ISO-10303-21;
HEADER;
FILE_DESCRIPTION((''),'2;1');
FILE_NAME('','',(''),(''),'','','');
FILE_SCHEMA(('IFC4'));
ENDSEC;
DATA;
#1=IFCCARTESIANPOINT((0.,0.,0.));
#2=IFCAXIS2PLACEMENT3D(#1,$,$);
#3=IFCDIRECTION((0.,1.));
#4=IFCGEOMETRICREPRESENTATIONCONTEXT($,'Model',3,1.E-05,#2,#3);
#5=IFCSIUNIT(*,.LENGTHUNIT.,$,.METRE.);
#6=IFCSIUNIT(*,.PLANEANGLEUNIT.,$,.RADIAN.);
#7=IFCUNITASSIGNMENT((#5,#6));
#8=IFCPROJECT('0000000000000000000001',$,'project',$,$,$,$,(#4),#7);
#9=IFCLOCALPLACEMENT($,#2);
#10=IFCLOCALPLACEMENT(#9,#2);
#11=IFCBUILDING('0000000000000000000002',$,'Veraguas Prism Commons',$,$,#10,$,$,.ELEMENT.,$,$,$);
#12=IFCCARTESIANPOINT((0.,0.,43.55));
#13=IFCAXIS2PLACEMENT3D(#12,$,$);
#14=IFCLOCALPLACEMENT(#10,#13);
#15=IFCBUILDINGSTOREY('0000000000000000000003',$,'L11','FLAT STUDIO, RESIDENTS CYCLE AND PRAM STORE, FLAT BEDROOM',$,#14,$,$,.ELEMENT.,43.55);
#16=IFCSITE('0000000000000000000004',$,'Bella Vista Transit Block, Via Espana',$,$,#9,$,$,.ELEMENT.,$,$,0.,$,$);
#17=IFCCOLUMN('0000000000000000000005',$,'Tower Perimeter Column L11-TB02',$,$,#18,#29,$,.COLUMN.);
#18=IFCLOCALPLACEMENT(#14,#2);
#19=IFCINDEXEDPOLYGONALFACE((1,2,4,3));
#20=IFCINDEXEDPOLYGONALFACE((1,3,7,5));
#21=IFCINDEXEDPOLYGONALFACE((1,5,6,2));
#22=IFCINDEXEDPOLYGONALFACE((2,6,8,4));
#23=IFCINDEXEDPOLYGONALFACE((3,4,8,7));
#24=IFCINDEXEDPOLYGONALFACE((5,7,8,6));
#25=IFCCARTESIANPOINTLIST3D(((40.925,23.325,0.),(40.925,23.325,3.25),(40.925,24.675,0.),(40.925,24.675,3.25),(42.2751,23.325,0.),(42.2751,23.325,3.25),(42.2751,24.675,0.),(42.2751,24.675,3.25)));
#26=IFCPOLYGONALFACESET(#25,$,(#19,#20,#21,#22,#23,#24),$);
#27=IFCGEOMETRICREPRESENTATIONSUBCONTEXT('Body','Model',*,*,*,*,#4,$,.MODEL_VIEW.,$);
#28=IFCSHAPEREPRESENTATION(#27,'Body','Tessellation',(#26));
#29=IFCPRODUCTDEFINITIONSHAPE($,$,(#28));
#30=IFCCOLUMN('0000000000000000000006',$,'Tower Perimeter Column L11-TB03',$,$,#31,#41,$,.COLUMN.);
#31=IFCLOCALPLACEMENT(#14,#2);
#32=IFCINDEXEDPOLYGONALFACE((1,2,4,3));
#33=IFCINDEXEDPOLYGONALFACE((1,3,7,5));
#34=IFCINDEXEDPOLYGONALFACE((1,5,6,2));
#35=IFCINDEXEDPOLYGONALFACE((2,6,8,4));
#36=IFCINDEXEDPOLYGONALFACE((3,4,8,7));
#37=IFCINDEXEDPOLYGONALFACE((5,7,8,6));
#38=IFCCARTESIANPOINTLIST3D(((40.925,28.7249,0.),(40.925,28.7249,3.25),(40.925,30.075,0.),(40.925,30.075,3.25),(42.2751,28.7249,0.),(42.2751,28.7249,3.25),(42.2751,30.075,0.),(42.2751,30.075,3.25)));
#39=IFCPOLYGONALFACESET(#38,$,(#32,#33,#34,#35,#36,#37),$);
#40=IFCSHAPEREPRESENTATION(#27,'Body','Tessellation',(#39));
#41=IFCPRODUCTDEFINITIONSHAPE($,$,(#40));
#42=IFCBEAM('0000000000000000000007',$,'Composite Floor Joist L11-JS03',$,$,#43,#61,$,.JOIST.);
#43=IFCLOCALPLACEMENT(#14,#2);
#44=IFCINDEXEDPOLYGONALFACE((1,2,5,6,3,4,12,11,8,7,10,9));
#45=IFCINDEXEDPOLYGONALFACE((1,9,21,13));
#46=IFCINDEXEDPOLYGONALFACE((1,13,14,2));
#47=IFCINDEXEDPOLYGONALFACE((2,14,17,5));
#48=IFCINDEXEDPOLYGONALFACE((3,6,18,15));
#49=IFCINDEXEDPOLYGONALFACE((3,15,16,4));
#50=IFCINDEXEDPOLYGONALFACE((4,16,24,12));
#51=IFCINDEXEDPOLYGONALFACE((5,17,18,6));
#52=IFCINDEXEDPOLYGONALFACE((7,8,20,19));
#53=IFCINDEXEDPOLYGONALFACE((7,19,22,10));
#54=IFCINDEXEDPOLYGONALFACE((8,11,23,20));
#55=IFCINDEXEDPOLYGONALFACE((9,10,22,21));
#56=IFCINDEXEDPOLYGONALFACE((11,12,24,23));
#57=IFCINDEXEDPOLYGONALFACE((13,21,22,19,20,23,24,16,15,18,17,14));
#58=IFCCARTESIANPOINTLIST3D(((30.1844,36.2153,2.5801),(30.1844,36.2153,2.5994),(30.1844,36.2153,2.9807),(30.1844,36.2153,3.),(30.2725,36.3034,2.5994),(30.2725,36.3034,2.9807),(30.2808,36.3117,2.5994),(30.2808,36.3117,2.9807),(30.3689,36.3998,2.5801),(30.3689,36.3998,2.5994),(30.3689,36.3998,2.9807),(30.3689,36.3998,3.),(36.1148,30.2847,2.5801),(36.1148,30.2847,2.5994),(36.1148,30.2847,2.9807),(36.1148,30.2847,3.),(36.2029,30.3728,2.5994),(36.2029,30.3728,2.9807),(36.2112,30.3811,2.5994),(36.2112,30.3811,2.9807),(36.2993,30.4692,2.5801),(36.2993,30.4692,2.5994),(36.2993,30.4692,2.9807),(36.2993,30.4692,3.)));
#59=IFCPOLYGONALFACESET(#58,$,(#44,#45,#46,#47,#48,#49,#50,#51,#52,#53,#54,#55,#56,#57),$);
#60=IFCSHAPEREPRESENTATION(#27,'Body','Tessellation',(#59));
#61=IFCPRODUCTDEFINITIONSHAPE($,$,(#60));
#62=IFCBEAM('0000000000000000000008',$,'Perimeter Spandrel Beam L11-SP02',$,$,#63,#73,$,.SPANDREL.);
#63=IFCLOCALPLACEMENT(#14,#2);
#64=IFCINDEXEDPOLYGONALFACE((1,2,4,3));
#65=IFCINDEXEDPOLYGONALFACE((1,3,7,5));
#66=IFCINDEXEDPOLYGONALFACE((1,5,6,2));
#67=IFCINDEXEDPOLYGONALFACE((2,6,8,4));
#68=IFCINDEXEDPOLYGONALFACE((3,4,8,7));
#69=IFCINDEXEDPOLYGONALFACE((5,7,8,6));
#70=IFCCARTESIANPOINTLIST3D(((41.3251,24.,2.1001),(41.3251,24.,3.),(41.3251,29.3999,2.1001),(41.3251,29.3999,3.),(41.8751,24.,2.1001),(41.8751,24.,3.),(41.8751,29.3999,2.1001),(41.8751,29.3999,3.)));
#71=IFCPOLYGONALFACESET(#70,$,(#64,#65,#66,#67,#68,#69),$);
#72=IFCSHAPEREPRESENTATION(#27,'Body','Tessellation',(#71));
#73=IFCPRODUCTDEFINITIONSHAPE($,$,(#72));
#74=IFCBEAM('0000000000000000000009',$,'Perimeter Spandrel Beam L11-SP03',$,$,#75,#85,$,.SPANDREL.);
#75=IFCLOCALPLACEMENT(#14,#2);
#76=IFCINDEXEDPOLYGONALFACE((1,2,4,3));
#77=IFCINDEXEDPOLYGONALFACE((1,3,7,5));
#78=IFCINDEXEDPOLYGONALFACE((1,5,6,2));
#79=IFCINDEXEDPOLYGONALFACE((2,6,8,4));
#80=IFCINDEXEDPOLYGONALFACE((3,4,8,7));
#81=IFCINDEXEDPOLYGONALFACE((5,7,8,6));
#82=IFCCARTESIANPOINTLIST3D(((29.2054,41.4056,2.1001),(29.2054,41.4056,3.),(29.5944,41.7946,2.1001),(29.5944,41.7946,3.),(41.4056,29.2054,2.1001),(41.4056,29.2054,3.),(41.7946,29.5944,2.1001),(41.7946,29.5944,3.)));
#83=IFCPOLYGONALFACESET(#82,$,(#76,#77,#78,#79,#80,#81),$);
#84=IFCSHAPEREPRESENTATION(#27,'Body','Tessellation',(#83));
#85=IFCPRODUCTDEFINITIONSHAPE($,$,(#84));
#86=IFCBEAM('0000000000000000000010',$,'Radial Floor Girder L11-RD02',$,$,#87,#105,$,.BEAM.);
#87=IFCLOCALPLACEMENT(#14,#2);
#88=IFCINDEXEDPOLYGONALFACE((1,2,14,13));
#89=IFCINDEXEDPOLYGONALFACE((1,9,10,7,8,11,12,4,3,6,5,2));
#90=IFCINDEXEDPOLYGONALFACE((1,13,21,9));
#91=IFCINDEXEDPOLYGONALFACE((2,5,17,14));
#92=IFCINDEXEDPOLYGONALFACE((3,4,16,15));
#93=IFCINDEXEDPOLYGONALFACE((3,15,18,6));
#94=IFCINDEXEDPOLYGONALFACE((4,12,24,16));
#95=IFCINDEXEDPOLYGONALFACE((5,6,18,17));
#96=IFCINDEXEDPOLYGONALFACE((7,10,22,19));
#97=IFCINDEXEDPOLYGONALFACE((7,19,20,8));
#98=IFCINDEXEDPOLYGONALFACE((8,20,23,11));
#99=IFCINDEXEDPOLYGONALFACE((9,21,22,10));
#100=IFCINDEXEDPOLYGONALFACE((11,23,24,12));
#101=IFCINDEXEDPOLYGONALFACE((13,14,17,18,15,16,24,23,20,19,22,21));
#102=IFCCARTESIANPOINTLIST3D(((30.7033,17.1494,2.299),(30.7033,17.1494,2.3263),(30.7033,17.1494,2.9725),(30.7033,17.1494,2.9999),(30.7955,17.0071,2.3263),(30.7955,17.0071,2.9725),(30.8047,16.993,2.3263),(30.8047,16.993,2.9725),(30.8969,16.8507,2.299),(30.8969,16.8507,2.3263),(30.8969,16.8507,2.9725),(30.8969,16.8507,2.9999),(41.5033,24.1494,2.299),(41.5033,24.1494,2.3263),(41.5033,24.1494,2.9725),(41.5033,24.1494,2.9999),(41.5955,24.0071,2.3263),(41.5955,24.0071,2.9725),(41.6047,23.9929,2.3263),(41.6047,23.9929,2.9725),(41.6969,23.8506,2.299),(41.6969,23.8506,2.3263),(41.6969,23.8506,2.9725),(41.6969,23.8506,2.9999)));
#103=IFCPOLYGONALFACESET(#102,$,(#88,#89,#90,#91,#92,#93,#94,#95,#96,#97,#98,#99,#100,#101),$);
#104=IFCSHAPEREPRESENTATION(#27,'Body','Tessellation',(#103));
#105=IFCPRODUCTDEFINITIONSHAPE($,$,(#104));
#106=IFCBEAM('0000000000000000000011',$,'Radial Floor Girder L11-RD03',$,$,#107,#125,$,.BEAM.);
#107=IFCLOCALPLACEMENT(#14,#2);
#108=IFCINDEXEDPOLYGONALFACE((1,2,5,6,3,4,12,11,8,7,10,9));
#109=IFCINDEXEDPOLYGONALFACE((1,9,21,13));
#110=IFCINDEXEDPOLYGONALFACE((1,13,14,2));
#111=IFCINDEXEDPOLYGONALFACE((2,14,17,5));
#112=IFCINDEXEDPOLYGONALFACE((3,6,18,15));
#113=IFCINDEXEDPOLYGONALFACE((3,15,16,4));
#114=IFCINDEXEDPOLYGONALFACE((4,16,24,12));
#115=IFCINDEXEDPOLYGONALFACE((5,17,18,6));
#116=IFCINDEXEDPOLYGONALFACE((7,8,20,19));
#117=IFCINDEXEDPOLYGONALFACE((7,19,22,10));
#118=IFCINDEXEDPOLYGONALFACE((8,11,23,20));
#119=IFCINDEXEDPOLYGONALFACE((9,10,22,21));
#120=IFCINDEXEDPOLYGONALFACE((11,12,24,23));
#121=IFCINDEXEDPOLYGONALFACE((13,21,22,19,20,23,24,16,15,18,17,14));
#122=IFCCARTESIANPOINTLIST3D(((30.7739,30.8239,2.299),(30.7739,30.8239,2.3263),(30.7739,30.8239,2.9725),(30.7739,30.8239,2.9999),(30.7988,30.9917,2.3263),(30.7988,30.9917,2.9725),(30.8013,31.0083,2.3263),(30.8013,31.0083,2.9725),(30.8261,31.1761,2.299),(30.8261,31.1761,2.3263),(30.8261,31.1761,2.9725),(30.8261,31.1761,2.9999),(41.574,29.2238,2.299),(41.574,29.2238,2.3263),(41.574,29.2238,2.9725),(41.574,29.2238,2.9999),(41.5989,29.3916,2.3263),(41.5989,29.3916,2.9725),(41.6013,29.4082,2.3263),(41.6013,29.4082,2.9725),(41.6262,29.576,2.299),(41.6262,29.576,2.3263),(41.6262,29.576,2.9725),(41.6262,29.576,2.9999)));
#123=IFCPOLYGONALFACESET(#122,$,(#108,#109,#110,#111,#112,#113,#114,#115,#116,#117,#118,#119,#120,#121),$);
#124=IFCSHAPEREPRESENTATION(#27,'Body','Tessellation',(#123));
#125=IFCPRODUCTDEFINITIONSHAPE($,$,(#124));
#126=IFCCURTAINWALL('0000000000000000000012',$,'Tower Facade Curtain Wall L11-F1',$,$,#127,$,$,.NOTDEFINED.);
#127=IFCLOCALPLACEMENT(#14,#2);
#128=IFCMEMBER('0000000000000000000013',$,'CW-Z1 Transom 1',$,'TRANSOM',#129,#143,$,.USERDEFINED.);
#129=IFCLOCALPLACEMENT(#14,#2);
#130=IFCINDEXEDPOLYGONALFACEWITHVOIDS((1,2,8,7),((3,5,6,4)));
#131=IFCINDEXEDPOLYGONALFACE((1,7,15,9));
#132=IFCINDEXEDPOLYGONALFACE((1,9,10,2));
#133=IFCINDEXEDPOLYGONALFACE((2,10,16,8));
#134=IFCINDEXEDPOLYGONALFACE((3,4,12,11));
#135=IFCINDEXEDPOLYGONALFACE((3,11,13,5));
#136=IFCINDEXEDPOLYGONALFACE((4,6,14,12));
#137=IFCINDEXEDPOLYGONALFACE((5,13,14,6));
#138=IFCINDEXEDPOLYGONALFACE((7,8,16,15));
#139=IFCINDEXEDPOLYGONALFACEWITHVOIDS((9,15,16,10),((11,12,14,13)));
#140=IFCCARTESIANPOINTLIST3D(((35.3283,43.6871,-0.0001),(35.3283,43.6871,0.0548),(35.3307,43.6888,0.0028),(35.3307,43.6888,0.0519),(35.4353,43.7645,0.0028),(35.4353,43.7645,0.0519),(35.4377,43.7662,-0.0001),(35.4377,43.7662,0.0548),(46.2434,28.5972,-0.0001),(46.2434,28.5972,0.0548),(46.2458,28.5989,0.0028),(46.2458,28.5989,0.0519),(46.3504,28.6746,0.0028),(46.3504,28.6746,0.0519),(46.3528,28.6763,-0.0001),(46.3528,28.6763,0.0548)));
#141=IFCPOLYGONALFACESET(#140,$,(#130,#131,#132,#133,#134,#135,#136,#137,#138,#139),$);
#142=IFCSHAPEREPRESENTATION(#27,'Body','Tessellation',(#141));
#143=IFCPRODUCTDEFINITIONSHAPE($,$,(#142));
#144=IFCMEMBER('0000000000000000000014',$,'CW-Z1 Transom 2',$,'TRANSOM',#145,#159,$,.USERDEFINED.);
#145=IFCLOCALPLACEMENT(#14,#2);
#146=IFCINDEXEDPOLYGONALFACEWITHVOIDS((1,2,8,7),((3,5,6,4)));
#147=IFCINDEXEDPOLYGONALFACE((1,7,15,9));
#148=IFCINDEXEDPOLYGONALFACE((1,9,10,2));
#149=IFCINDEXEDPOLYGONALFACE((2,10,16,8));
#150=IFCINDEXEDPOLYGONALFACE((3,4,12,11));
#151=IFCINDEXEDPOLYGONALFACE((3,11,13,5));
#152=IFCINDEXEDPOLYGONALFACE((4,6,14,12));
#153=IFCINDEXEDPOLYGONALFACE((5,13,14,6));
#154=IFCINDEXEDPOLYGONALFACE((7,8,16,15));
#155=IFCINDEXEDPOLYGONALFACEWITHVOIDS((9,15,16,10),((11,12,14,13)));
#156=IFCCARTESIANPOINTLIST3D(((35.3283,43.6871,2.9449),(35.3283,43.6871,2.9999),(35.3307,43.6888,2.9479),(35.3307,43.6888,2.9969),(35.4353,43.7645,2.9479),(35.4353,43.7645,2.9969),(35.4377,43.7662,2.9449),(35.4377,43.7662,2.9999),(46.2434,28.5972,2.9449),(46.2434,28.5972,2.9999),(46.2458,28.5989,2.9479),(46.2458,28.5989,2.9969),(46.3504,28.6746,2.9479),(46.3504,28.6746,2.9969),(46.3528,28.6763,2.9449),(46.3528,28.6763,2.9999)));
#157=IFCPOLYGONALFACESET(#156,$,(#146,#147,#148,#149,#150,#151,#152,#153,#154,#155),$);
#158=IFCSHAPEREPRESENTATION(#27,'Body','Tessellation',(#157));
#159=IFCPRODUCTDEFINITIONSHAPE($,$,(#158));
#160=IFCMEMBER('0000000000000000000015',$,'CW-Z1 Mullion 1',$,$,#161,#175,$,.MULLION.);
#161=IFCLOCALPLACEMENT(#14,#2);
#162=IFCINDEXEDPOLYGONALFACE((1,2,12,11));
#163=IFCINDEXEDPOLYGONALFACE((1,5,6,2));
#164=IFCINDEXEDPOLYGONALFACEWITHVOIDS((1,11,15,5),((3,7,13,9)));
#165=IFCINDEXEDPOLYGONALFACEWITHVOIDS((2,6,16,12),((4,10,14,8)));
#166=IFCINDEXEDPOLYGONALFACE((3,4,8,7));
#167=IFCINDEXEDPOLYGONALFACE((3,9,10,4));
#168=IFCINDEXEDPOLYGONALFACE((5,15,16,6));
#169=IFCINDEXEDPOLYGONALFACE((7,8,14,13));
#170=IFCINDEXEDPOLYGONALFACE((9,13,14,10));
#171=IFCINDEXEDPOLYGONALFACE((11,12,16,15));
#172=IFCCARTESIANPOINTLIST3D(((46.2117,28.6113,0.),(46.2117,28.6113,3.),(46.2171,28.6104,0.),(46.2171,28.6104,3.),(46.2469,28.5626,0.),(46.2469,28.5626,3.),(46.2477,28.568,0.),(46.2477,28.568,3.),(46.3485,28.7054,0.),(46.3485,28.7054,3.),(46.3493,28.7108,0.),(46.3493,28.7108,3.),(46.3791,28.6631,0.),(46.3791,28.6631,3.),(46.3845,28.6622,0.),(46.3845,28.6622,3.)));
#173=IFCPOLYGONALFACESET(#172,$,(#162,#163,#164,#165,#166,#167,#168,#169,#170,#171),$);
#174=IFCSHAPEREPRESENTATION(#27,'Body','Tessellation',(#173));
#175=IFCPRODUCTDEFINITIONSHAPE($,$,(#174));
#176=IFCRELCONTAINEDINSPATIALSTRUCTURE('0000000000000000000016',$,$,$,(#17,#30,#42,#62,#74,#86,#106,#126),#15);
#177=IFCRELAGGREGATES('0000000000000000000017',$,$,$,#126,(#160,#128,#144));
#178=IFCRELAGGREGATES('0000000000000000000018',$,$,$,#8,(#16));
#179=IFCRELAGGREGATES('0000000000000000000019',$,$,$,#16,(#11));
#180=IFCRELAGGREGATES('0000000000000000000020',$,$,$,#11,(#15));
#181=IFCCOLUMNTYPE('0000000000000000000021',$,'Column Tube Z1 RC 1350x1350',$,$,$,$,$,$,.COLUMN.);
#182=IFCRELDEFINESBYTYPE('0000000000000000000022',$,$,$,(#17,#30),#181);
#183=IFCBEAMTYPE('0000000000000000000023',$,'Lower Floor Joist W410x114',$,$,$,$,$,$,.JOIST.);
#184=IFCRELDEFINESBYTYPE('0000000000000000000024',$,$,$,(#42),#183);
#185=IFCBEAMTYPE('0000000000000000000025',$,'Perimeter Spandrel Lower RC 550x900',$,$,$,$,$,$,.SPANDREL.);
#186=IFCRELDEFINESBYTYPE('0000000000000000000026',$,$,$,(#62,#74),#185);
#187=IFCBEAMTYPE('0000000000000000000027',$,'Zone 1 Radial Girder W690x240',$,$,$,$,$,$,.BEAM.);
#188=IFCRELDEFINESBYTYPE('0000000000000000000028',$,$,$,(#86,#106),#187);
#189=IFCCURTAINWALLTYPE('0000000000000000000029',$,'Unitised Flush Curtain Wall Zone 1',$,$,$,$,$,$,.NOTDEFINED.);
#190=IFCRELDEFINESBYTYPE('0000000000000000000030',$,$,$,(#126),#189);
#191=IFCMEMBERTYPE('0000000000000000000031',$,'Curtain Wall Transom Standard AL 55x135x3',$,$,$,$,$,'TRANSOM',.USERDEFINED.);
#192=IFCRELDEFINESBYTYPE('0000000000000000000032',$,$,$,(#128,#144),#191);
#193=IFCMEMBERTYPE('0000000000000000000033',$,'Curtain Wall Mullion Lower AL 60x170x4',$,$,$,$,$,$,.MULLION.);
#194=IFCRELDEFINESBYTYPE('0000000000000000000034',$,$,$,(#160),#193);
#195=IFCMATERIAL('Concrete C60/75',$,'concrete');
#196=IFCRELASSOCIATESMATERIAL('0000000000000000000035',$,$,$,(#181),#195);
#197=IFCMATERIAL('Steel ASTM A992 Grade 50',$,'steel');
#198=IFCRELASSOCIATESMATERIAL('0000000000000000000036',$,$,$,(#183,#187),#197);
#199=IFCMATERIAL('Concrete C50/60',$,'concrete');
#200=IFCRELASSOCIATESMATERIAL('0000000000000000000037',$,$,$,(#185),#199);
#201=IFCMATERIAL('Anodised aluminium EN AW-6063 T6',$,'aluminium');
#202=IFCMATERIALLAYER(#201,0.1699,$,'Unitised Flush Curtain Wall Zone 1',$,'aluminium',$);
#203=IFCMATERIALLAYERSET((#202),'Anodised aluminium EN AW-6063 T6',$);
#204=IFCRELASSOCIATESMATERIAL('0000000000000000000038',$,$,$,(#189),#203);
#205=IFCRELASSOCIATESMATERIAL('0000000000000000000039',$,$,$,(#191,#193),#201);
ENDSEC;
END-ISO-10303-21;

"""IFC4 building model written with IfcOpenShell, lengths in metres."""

from ifc_helpers import new_model, si_unit, direction, frame, origin, origin_2d, place, context, subcontext, project, spatial, rectangle, hollow_rectangle, i_section, extrude, source, transform, mapped, material, layer, layer_set, material_profile, profile_set, type_object, element, aggregate, save


model = new_model("IFC4")

# Units and contexts
model_context = context("Model", 3, precision=1e-05, world=origin(), true_north=direction((0.0, 1.0)))
body_context = subcontext(model_context, "Body", "Model", "MODEL_VIEW")
ifc_project = project(units=[si_unit("LENGTHUNIT", "METRE"), si_unit("PLANEANGLEUNIT", "RADIAN")], contexts=[model_context])

# Site, building, storey
site_placement = place(None, origin())
site = spatial("IfcSite", under=ifc_project, at=site_placement, Name="Bella Vista Transit Block, Via Espana", CompositionType="ELEMENT", RefElevation=0.0)
building_placement = place(site_placement, origin())
building = spatial("IfcBuilding", under=site, at=building_placement, Name="Veraguas Prism Commons", CompositionType="ELEMENT")
storey_placement = place(building_placement, frame((0.0, 0.0, 43.55)))
storey = spatial("IfcBuildingStorey", under=building, at=storey_placement, Name="L11", Description="FLAT STUDIO, RESIDENTS CYCLE AND PRAM STORE, FLAT BEDROOM", CompositionType="ELEMENT", Elevation=43.55)

# Columns
ifc_material_1 = material(Name="Concrete C60/75", Category="concrete")
ifc_material_profile_1 = material_profile(ifc_material_1, rectangle(XDim=1.3501, YDim=1.3501, at=origin_2d()), Name="RC1350X1350")
ifc_profile_set_1 = profile_set([ifc_material_profile_1], Name="Concrete C60/75")
column_type = type_object("IfcColumnType", Name="Column Tube Z1 RC 1350x1350", PredefinedType="COLUMN", material=ifc_profile_set_1)
for number, where, z_axis, x_axis, name in (
    (1, (41.6001, 24.0, 0.0), (0.0, 0.0, 1.0), (1.0, 0.0, 0.0), "Tower Perimeter Column L11-TB02"),
    (2, (41.6001, 29.3999, 0.0), (0.0, 0.0, 1.0), (1.0, 0.0, 0.0), "Tower Perimeter Column L11-TB03"),
):
    element("IfcColumn", number, at=place(storey_placement, frame(where, z_axis=z_axis, x_axis=x_axis)), inside=storey, type_object=column_type, Name=name, PredefinedType="COLUMN", context=body_context, shape_type="SweptSolid", body=[
        extrude(rectangle(XDim=1.3501, YDim=1.3501, at=origin_2d()), origin(), (0.0, 0.0, 1.0), 3.25),
    ])

# Beams
ifc_material_2 = material(Name="Steel ASTM A992 Grade 50", Category="steel")
ifc_material_profile_2 = material_profile(ifc_material_2, i_section(OverallWidth=0.261, OverallDepth=0.4199, WebThickness=0.0117, FlangeThickness=0.0193, at=origin_2d()), Name="W410X114")
ifc_profile_set_2 = profile_set([ifc_material_profile_2], Name="Steel ASTM A992 Grade 50")
beam_type_1 = type_object("IfcBeamType", Name="Lower Floor Joist W410x114", PredefinedType="JOIST", material=ifc_profile_set_2)
beam_1_placement = place(storey_placement, frame((36.207, 30.377, 2.79), z_axis=(-0.707092, 0.707121, 0.0), x_axis=(-0.707121, -0.707092, 0.0)))
element("IfcBeam", 3, at=beam_1_placement, inside=storey, type_object=beam_type_1, Name="Composite Floor Joist L11-JS03", PredefinedType="JOIST", context=body_context, shape_type="SweptSolid", body=[
    extrude(i_section(OverallWidth=0.261, OverallDepth=0.4199, WebThickness=0.0117, FlangeThickness=0.0193, at=origin_2d()), origin(), (0.0, 0.0, 1.0), 8.387),
])
ifc_material_3 = material(Name="Concrete C50/60", Category="concrete")
ifc_material_profile_3 = material_profile(ifc_material_3, rectangle(XDim=0.55, YDim=0.8999, at=origin_2d()), Name="RC550X900")
ifc_profile_set_3 = profile_set([ifc_material_profile_3], Name="Concrete C50/60")
beam_type_2 = type_object("IfcBeamType", Name="Perimeter Spandrel Lower RC 550x900", PredefinedType="SPANDREL", material=ifc_profile_set_3)
beam_2_placement = place(storey_placement, frame((41.6001, 24.0, 2.55), z_axis=(0.0, 1.0, 0.0), x_axis=(-1.0, 0.0, 0.0)))
element("IfcBeam", 4, at=beam_2_placement, inside=storey, type_object=beam_type_2, Name="Perimeter Spandrel Beam L11-SP02", PredefinedType="SPANDREL", context=body_context, shape_type="SweptSolid", body=[
    extrude(rectangle(XDim=0.55, YDim=0.8999, at=origin_2d()), origin(), (0.0, 0.0, 1.0), 5.3999),
])
beam_3_placement = place(storey_placement, frame((41.6001, 29.3999, 2.55), z_axis=(-0.707107, 0.707107, 0.0), x_axis=(-0.707107, -0.707107, 0.0)))
element("IfcBeam", 5, at=beam_3_placement, inside=storey, type_object=beam_type_2, Name="Perimeter Spandrel Beam L11-SP03", PredefinedType="SPANDREL", context=body_context, shape_type="SweptSolid", body=[
    extrude(rectangle(XDim=0.55, YDim=0.8999, at=origin_2d()), origin(), (0.0, 0.0, 1.0), 17.2537),
])
ifc_material_profile_4 = material_profile(ifc_material_2, i_section(OverallWidth=0.356, OverallDepth=0.7009, WebThickness=0.0168, FlangeThickness=0.0273, at=origin_2d()), Name="W690X240")
ifc_profile_set_4 = profile_set([ifc_material_profile_4], Name="Steel ASTM A992 Grade 50")
beam_type_3 = type_object("IfcBeamType", Name="Zone 1 Radial Girder W690x240", PredefinedType="BEAM", material=ifc_profile_set_4)
beam_4_placement = place(storey_placement, frame((41.6001, 24.0, 2.6494), z_axis=(-0.839154, -0.543894, 0.0), x_axis=(0.543894, -0.839154, 0.0)))
element("IfcBeam", 6, at=beam_4_placement, inside=storey, type_object=beam_type_3, Name="Radial Floor Girder L11-RD02", PredefinedType="BEAM", context=body_context, shape_type="SweptSolid", body=[
    extrude(i_section(OverallWidth=0.356, OverallDepth=0.7009, WebThickness=0.0168, FlangeThickness=0.0273, at=origin_2d()), origin(), (0.0, 0.0, 1.0), 12.8701),
])
beam_5_placement = place(storey_placement, frame((41.6001, 29.3999, 2.6494), z_axis=(-0.989202, 0.146557, 0.0), x_axis=(-0.146557, -0.989202, 0.0)))
element("IfcBeam", 7, at=beam_5_placement, inside=storey, type_object=beam_type_3, Name="Radial Floor Girder L11-RD03", PredefinedType="BEAM", context=body_context, shape_type="SweptSolid", body=[
    extrude(i_section(OverallWidth=0.356, OverallDepth=0.7009, WebThickness=0.0168, FlangeThickness=0.0273, at=origin_2d()), origin(), (0.0, 0.0, 1.0), 10.918),
])

# Curtain wall, members
ifc_material_4 = material(Name="Anodised aluminium EN AW-6063 T6", Category="aluminium")
ifc_layer_1 = layer(ifc_material_4, 0.1699, Name="Unitised Flush Curtain Wall Zone 1", Category="aluminium")
ifc_layer_set_1 = layer_set([ifc_layer_1], Name="Anodised aluminium EN AW-6063 T6")
curtain_wall_type = type_object("IfcCurtainWallType", Name="Unitised Flush Curtain Wall Zone 1", PredefinedType="NOTDEFINED", material=ifc_layer_set_1)
curtain_wall_1_placement = place(storey_placement, origin())
curtain_wall_1 = element("IfcCurtainWall", 8, at=curtain_wall_1_placement, inside=storey, type_object=curtain_wall_type, Name="Tower Facade Curtain Wall L11-F1", PredefinedType="NOTDEFINED")
ifc_material_profile_5 = material_profile(ifc_material_4, hollow_rectangle(XDim=0.0549, YDim=0.135, WallThickness=0.0029, at=origin_2d()), Name="AL55X135X3")
ifc_profile_set_5 = profile_set([ifc_material_profile_5], Name="Anodised aluminium EN AW-6063 T6")
member_type_1 = type_object("IfcMemberType", Name="Curtain Wall Transom Standard AL 55x135x3", ElementType="TRANSOM", PredefinedType="USERDEFINED", material=ifc_profile_set_5)
shared_shape_1 = source(origin(), body_context, "Body", "SweptSolid", [
    extrude(hollow_rectangle(XDim=0.0549, YDim=0.135, WallThickness=0.0029, at=origin_2d()), origin(), (0.0, 0.0, 1.0), 18.6238),
])
member_1_placement = place(storey_placement, frame((46.2981, 28.6367, 0.0273), z_axis=(-0.586084, 0.81025, 0.0), x_axis=(0.0, 0.0, 1.0)))
member_1 = element("IfcMember", 9, at=member_1_placement, type_object=member_type_1, Name="CW-Z1 Transom 1", ObjectType="TRANSOM", PredefinedType="USERDEFINED", context=body_context, shape_type="MappedRepresentation", body=[
    mapped(shared_shape_1, transform((0.0, 0.0, 0.0), scale=1.0)),
])
member_2_placement = place(storey_placement, frame((46.2981, 28.6367, 2.9724), z_axis=(-0.586084, 0.81025, 0.0), x_axis=(0.0, 0.0, 1.0)))
member_2 = element("IfcMember", 10, at=member_2_placement, type_object=member_type_1, Name="CW-Z1 Transom 2", ObjectType="TRANSOM", PredefinedType="USERDEFINED", context=body_context, shape_type="MappedRepresentation", body=[
    mapped(shared_shape_1, transform((0.0, 0.0, 0.0), scale=1.0)),
])
ifc_material_profile_6 = material_profile(ifc_material_4, hollow_rectangle(XDim=0.0601, YDim=0.1699, WallThickness=0.0039, at=origin_2d()), Name="AL60X170X4")
ifc_profile_set_6 = profile_set([ifc_material_profile_6], Name="Anodised aluminium EN AW-6063 T6")
member_type_2 = type_object("IfcMemberType", Name="Curtain Wall Mullion Lower AL 60x170x4", PredefinedType="MULLION", material=ifc_profile_set_6)
shared_shape_2 = source(origin(), body_context, "Body", "SweptSolid", [
    extrude(hollow_rectangle(XDim=0.0601, YDim=0.1699, WallThickness=0.0039, at=origin_2d()), origin(), (0.0, 0.0, 1.0), 3.0),
])
member_3_placement = place(storey_placement, frame((46.2981, 28.6367, 0.0), z_axis=(0.0, 0.0, 1.0), x_axis=(-0.586087, 0.810248, 0.0)))
member_3 = element("IfcMember", 11, at=member_3_placement, type_object=member_type_2, Name="CW-Z1 Mullion 1", PredefinedType="MULLION", context=body_context, shape_type="MappedRepresentation", body=[
    mapped(shared_shape_2, transform((0.0, 0.0, 0.0), scale=1.0)),
])
aggregate(curtain_wall_1, [member_3, member_1, member_2])

save(model, "model.ifc")
